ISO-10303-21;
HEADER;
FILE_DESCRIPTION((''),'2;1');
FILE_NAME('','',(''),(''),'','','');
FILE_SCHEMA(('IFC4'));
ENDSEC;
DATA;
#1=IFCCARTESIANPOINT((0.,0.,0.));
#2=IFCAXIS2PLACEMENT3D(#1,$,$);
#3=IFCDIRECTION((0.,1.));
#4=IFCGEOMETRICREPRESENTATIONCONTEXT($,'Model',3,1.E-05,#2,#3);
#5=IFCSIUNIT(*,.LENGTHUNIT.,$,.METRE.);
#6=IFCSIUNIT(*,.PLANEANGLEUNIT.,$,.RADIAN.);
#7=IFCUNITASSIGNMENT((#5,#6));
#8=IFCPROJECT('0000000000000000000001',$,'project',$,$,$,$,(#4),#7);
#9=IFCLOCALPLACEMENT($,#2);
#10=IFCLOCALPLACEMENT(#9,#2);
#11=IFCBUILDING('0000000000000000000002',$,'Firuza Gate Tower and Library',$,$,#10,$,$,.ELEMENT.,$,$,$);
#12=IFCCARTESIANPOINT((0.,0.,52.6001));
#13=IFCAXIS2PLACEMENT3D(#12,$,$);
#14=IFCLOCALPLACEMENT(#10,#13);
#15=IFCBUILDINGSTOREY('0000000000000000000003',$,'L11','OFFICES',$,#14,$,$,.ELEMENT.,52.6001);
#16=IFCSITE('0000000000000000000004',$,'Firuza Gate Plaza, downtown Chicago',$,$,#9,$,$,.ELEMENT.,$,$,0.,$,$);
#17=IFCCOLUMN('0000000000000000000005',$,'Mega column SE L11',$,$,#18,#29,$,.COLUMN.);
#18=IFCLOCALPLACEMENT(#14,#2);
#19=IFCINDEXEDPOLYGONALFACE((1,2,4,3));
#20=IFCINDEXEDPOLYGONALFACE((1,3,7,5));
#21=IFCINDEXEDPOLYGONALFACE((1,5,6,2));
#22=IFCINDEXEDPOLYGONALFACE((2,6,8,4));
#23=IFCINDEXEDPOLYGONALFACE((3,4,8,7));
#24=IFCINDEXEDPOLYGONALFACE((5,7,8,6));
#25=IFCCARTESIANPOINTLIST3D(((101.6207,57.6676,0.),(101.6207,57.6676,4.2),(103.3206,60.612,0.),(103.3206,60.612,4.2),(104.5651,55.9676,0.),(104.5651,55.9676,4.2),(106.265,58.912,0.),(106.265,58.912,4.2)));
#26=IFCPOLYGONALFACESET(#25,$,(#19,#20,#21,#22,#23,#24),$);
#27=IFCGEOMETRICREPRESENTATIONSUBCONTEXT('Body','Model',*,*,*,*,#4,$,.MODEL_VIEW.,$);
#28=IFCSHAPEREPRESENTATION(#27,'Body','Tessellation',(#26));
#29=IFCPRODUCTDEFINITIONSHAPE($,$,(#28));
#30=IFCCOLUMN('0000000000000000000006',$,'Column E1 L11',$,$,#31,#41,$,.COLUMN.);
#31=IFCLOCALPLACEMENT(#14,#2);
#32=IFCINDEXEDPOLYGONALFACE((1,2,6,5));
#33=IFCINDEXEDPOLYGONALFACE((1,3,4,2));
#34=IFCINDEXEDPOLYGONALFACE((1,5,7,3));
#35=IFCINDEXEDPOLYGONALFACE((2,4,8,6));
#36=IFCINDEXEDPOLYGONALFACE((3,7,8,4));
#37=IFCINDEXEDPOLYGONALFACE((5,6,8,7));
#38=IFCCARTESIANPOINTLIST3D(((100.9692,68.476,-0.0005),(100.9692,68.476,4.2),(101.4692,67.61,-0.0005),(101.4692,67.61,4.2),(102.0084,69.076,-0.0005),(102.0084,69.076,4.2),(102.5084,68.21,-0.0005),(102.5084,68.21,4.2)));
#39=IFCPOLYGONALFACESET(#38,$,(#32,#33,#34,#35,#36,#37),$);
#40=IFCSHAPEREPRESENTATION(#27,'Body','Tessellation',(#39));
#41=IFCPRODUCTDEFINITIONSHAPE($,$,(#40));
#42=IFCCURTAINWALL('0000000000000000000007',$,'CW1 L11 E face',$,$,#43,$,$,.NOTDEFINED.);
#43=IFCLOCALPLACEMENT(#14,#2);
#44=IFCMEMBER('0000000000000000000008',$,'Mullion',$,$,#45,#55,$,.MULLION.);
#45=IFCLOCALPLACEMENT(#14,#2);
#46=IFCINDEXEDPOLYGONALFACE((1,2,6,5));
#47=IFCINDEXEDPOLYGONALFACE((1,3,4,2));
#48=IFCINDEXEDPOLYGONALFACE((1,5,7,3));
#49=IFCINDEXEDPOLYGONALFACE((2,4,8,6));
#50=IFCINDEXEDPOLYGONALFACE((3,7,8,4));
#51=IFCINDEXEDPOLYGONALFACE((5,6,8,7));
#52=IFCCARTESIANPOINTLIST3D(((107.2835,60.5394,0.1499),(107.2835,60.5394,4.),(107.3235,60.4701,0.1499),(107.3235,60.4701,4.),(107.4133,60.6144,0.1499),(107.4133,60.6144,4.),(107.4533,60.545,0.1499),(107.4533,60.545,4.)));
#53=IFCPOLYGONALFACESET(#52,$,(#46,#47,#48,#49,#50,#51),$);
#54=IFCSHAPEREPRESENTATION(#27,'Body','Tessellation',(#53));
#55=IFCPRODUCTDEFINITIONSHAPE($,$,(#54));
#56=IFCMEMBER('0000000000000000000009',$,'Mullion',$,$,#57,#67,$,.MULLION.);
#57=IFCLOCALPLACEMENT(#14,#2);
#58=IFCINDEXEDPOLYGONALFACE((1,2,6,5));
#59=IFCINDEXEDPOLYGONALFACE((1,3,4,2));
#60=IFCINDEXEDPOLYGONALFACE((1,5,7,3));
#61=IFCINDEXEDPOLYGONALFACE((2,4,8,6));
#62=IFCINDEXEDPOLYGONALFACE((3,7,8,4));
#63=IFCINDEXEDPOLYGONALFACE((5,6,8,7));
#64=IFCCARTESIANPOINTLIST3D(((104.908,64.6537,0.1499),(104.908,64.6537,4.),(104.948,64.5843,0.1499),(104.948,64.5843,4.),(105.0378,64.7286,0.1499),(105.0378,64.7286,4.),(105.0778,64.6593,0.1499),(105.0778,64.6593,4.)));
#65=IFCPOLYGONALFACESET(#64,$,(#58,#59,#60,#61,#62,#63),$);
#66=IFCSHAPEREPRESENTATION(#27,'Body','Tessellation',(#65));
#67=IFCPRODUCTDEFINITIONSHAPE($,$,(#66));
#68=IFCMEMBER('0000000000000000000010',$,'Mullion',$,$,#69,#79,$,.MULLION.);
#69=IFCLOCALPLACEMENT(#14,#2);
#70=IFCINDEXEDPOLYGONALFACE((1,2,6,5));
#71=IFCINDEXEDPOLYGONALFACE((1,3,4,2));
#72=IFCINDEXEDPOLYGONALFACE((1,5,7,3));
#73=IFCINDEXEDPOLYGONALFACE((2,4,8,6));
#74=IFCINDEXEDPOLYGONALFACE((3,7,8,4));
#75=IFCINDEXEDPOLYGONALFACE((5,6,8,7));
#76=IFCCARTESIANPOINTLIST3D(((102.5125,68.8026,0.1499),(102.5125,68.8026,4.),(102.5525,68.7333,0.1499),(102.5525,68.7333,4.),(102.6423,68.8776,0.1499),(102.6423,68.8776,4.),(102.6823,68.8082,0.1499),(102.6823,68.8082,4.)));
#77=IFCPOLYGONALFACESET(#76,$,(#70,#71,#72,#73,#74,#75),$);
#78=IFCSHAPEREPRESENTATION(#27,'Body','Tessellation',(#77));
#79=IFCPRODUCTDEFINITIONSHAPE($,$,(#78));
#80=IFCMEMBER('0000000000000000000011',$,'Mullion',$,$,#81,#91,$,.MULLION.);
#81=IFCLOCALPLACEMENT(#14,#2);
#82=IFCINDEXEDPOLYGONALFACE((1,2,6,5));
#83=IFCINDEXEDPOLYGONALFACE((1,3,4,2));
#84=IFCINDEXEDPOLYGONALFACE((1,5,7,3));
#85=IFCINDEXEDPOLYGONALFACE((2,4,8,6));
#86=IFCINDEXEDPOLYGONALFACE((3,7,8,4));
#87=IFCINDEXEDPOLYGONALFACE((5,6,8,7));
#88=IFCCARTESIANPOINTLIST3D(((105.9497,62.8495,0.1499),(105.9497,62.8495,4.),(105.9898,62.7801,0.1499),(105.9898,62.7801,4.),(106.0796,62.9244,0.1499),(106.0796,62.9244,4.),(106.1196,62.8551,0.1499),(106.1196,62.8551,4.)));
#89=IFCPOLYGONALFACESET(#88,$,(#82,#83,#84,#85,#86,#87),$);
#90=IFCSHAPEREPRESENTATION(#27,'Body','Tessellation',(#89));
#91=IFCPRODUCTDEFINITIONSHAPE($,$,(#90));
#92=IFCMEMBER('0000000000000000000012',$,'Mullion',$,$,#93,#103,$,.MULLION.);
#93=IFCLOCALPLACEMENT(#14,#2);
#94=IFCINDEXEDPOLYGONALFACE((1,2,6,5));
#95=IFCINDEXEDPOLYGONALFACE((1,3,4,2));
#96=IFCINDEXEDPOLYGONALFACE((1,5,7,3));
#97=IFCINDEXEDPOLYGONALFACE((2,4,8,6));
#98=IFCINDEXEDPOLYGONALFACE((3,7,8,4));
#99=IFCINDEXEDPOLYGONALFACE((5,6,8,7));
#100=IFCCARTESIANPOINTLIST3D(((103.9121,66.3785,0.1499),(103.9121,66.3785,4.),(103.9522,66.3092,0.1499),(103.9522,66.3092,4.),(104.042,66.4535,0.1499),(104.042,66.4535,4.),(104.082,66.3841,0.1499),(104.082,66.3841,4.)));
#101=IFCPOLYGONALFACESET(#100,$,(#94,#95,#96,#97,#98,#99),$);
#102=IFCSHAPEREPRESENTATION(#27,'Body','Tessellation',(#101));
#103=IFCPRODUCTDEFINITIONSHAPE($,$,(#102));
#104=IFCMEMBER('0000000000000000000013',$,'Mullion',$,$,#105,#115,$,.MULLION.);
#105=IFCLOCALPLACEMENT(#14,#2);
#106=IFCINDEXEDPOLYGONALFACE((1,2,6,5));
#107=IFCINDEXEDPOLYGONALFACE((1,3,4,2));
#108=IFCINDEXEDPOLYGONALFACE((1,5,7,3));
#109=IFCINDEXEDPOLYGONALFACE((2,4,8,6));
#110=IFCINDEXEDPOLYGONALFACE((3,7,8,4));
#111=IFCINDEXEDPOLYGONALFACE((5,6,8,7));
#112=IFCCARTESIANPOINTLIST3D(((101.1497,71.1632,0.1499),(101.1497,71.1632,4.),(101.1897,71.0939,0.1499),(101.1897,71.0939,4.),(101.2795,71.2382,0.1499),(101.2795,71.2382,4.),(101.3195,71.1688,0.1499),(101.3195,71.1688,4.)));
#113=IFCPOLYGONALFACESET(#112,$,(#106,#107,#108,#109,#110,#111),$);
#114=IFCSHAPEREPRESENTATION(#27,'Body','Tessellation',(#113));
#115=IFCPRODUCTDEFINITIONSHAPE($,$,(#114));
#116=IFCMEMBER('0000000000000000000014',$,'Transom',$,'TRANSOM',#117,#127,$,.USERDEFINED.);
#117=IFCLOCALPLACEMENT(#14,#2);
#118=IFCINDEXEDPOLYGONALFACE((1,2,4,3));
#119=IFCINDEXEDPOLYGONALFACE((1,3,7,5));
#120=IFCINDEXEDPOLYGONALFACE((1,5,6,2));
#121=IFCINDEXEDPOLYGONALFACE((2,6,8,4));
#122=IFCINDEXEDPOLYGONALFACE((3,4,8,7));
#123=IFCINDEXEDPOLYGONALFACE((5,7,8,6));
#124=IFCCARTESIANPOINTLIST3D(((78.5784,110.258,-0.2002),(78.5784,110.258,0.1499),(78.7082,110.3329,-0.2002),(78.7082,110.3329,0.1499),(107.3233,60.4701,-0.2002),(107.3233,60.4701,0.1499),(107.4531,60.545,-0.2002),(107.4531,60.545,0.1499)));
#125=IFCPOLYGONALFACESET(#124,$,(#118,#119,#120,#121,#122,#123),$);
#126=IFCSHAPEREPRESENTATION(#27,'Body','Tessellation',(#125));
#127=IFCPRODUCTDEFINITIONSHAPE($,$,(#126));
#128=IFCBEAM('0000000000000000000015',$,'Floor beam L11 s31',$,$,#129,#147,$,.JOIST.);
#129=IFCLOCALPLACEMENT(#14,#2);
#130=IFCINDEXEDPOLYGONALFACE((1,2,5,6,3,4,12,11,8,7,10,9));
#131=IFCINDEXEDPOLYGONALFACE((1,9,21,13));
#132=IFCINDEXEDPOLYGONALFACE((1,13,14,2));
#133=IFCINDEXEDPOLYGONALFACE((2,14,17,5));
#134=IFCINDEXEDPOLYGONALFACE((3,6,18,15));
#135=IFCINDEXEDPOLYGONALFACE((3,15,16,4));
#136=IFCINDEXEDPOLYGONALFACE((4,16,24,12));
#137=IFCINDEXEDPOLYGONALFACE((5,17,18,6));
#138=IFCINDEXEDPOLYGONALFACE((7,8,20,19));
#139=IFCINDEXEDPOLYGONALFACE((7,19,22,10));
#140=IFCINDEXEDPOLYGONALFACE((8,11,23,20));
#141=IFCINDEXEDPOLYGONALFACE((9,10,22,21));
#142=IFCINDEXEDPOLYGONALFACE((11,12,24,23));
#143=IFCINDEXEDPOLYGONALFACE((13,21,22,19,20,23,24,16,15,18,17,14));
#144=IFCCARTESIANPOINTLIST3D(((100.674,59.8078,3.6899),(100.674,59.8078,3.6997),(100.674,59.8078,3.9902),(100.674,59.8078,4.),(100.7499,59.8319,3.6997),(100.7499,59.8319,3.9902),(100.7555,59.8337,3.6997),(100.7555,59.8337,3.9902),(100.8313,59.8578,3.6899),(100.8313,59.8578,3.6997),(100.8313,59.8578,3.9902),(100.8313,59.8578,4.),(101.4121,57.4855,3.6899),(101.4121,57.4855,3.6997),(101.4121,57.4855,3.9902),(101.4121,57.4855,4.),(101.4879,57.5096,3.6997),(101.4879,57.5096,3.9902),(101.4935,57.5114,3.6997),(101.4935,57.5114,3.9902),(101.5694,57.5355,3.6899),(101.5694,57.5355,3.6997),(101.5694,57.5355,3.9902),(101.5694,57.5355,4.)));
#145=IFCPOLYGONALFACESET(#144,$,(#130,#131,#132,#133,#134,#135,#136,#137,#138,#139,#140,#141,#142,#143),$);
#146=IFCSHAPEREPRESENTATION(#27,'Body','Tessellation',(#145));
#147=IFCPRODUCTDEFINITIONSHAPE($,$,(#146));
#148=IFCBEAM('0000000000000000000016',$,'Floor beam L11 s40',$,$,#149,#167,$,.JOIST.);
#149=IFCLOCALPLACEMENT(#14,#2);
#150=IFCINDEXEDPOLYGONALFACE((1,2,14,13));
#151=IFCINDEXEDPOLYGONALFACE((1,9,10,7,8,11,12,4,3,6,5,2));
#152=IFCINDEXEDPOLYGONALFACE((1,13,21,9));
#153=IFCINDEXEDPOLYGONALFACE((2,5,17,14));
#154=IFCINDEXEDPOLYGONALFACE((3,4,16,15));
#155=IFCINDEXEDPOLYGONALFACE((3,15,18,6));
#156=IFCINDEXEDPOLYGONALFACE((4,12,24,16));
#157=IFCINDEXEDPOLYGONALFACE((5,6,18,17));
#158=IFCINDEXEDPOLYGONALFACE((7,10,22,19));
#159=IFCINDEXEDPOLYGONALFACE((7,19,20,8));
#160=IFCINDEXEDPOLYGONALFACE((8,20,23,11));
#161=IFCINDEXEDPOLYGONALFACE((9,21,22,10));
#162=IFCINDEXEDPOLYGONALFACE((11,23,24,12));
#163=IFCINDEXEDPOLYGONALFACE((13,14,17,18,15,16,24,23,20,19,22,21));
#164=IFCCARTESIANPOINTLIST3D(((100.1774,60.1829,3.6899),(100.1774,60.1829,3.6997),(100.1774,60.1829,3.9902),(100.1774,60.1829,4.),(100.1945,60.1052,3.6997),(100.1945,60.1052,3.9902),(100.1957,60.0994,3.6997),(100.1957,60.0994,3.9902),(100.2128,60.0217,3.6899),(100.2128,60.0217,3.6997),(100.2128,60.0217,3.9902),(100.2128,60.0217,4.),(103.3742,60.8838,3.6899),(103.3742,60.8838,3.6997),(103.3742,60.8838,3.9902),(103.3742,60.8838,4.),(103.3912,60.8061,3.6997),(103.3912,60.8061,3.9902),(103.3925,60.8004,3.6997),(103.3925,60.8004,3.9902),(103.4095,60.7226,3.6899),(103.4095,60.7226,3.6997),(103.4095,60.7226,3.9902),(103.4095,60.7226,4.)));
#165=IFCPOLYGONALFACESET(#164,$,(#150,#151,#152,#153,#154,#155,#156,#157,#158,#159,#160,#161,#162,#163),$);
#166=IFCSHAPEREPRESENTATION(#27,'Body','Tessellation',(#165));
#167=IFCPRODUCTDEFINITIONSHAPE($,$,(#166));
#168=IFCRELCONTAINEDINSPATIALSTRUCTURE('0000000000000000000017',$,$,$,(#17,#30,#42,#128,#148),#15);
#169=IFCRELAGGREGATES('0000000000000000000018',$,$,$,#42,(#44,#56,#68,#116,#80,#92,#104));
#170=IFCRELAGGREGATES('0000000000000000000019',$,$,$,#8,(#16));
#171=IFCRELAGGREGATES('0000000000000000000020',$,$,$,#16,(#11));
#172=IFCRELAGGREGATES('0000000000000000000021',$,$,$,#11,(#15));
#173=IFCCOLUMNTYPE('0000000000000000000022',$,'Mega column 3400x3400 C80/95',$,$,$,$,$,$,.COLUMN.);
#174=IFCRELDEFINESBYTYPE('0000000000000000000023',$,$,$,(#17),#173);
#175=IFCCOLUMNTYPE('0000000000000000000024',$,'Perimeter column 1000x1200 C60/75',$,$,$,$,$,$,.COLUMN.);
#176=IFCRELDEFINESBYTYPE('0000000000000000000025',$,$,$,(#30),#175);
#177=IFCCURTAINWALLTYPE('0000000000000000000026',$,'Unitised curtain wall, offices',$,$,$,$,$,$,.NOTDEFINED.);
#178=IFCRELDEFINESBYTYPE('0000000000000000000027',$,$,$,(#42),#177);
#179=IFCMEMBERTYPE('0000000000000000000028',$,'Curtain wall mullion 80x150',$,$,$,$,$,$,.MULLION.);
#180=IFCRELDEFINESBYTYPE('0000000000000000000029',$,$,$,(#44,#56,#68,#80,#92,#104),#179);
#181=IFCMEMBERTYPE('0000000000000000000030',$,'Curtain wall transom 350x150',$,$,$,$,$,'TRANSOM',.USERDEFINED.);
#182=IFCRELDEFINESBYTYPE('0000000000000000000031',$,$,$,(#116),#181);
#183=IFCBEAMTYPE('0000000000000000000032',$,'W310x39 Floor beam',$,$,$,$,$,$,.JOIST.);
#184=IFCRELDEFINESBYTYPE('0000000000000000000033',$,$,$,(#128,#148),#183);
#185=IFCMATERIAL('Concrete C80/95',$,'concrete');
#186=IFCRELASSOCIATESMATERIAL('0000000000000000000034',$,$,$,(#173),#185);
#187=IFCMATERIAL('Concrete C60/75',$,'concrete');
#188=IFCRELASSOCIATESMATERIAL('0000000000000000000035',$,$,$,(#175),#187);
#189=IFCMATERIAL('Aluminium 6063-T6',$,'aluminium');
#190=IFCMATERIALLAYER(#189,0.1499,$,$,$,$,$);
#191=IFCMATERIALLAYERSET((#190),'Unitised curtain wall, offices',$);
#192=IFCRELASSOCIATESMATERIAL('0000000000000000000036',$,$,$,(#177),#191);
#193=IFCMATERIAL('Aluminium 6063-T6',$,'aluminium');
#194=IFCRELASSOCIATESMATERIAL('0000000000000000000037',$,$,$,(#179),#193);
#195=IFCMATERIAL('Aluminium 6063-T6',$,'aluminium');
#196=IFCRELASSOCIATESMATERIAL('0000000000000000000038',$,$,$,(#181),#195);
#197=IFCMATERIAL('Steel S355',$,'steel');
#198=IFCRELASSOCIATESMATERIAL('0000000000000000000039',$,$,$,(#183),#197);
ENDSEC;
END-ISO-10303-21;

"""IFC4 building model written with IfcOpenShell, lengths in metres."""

from ifc_helpers import new_model, si_unit, direction, frame, origin, origin_2d, place, context, subcontext, project, spatial, rectangle, i_section, extrude, material, layer, layer_set, material_profile, profile_set, type_object, element, aggregate, save


model = new_model("IFC4")

# Units and contexts
model_context = context("Model", 3, precision=1e-05, world=origin(), true_north=direction((0.0, 1.0)))
body_context = subcontext(model_context, "Body", "Model", "MODEL_VIEW")
ifc_project = project(units=[si_unit("LENGTHUNIT", "METRE"), si_unit("PLANEANGLEUNIT", "RADIAN")], contexts=[model_context])

# Site, building, storey
site_placement = place(None, origin())
site = spatial("IfcSite", under=ifc_project, at=site_placement, Name="Firuza Gate Plaza, downtown Chicago", CompositionType="ELEMENT", RefElevation=0.0)
building_placement = place(site_placement, origin())
building = spatial("IfcBuilding", under=site, at=building_placement, Name="Firuza Gate Tower and Library", CompositionType="ELEMENT")
storey_placement = place(building_placement, frame((0.0, 0.0, 52.6001)))
storey = spatial("IfcBuildingStorey", under=building, at=storey_placement, Name="L11", Description="OFFICES", CompositionType="ELEMENT", Elevation=52.6001)

# Columns
ifc_material_1 = material(Name="Concrete C80/95", Category="concrete")
ifc_material_profile_1 = material_profile(ifc_material_1, rectangle(XDim=3.3999, YDim=3.3999, at=origin_2d()))
ifc_profile_set_1 = profile_set([ifc_material_profile_1], Name="Concrete C80/95")
column_type_1 = type_object("IfcColumnType", Name="Mega column 3400x3400 C80/95", PredefinedType="COLUMN", material=ifc_profile_set_1)
column_1_placement = place(storey_placement, frame((103.9429, 58.2898, 0.0), z_axis=(0.0, 0.0, 1.0), x_axis=(0.5, 0.866025, 0.0)))
element("IfcColumn", 1, at=column_1_placement, inside=storey, type_object=column_type_1, Name="Mega column SE L11", PredefinedType="COLUMN", context=body_context, shape_type="SweptSolid", body=[
    extrude(rectangle(XDim=3.3999, YDim=3.3999, at=origin_2d()), origin(), (0.0, 0.0, 1.0), 4.2),
])
ifc_material_2 = material(Name="Concrete C60/75", Category="concrete")
ifc_material_profile_2 = material_profile(ifc_material_2, rectangle(XDim=1.0, YDim=1.2, at=origin_2d()))
ifc_profile_set_2 = profile_set([ifc_material_profile_2], Name="Concrete C60/75")
column_type_2 = type_object("IfcColumnType", Name="Perimeter column 1000x1200 C60/75", PredefinedType="COLUMN", material=ifc_profile_set_2)
column_2_placement = place(storey_placement, frame((101.7388, 68.343, -0.0005), z_axis=(0.0, 0.0, 1.0), x_axis=(-0.5, 0.866025, 0.0)))
element("IfcColumn", 2, at=column_2_placement, inside=storey, type_object=column_type_2, Name="Column E1 L11", PredefinedType="COLUMN", context=body_context, shape_type="SweptSolid", body=[
    extrude(rectangle(XDim=1.0, YDim=1.2, at=origin_2d()), origin(), (0.0, 0.0, 1.0), 4.2004),
])

# Curtain wall, members
ifc_material_3 = material(Name="Aluminium 6063-T6", Category="aluminium")
ifc_layer_1 = layer(ifc_material_3, 0.1499)
ifc_layer_set_1 = layer_set([ifc_layer_1], Name="Unitised curtain wall, offices")
curtain_wall_type = type_object("IfcCurtainWallType", Name="Unitised curtain wall, offices", PredefinedType="NOTDEFINED", material=ifc_layer_set_1)
curtain_wall_placement = place(storey_placement, origin())
curtain_wall = element("IfcCurtainWall", 3, at=curtain_wall_placement, inside=storey, type_object=curtain_wall_type, Name="CW1 L11 E face", PredefinedType="NOTDEFINED")
ifc_material_4 = material(Name="Aluminium 6063-T6", Category="aluminium")
ifc_material_profile_3 = material_profile(ifc_material_4, rectangle(XDim=0.1499, YDim=0.0801, at=origin_2d()))
ifc_profile_set_3 = profile_set([ifc_material_profile_3], Name="Aluminium 6063-T6")
member_type_1 = type_object("IfcMemberType", Name="Curtain wall mullion 80x150", PredefinedType="MULLION", material=ifc_profile_set_3)
member_1_placement = place(storey_placement, frame((107.3684, 60.5422, 0.1499), z_axis=(0.0, 0.0, 1.0), x_axis=(-0.866025, -0.5, 0.0)))
member_1 = element("IfcMember", 4, at=member_1_placement, type_object=member_type_1, Name="Mullion", PredefinedType="MULLION", context=body_context, shape_type="SweptSolid", body=[
    extrude(rectangle(XDim=0.1499, YDim=0.0801, at=origin_2d()), origin(), (0.0, 0.0, 1.0), 3.8501),
])
member_2_placement = place(storey_placement, frame((104.9929, 64.6565, 0.1499), z_axis=(0.0, 0.0, 1.0), x_axis=(-0.866025, -0.5, 0.0)))
member_2 = element("IfcMember", 5, at=member_2_placement, type_object=member_type_1, Name="Mullion", PredefinedType="MULLION", context=body_context, shape_type="SweptSolid", body=[
    extrude(rectangle(XDim=0.1499, YDim=0.0801, at=origin_2d()), origin(), (0.0, 0.0, 1.0), 3.8501),
])
member_3_placement = place(storey_placement, frame((102.5974, 68.8054, 0.1499), z_axis=(0.0, 0.0, 1.0), x_axis=(-0.866025, -0.5, 0.0)))
member_3 = element("IfcMember", 6, at=member_3_placement, type_object=member_type_1, Name="Mullion", PredefinedType="MULLION", context=body_context, shape_type="SweptSolid", body=[
    extrude(rectangle(XDim=0.1499, YDim=0.0801, at=origin_2d()), origin(), (0.0, 0.0, 1.0), 3.8501),
])
member_4_placement = place(storey_placement, frame((106.0347, 62.8523, 0.1499), z_axis=(0.0, 0.0, 1.0), x_axis=(-0.866025, -0.5, 0.0)))
member_4 = element("IfcMember", 7, at=member_4_placement, type_object=member_type_1, Name="Mullion", PredefinedType="MULLION", context=body_context, shape_type="SweptSolid", body=[
    extrude(rectangle(XDim=0.1499, YDim=0.0801, at=origin_2d()), origin(), (0.0, 0.0, 1.0), 3.8501),
])
member_5_placement = place(storey_placement, frame((103.9971, 66.3813, 0.1499), z_axis=(0.0, 0.0, 1.0), x_axis=(-0.866025, -0.5, 0.0)))
member_5 = element("IfcMember", 8, at=member_5_placement, type_object=member_type_1, Name="Mullion", PredefinedType="MULLION", context=body_context, shape_type="SweptSolid", body=[
    extrude(rectangle(XDim=0.1499, YDim=0.0801, at=origin_2d()), origin(), (0.0, 0.0, 1.0), 3.8501),
])
member_6_placement = place(storey_placement, frame((101.2346, 71.166, 0.1499), z_axis=(0.0, 0.0, 1.0), x_axis=(-0.866025, -0.5, 0.0)))
member_6 = element("IfcMember", 9, at=member_6_placement, type_object=member_type_1, Name="Mullion", PredefinedType="MULLION", context=body_context, shape_type="SweptSolid", body=[
    extrude(rectangle(XDim=0.1499, YDim=0.0801, at=origin_2d()), origin(), (0.0, 0.0, 1.0), 3.8501),
])
ifc_material_5 = material(Name="Aluminium 6063-T6", Category="aluminium")
ifc_material_profile_4 = material_profile(ifc_material_5, rectangle(XDim=0.1499, YDim=0.3501, at=origin_2d()))
ifc_profile_set_4 = profile_set([ifc_material_profile_4], Name="Aluminium 6063-T6")
member_type_2 = type_object("IfcMemberType", Name="Curtain wall transom 350x150", ElementType="TRANSOM", PredefinedType="USERDEFINED", material=ifc_profile_set_4)
member_7_placement = place(storey_placement, frame((107.3882, 60.5076, -0.0251), z_axis=(-0.499998, 0.866027, 0.0), x_axis=(-0.866027, -0.499998, 0.0)))
member_7 = element("IfcMember", 10, at=member_7_placement, type_object=member_type_2, Name="Transom", ObjectType="TRANSOM", PredefinedType="USERDEFINED", context=body_context, shape_type="SweptSolid", body=[
    extrude(rectangle(XDim=0.1499, YDim=0.3501, at=origin_2d()), origin(), (0.0, 0.0, 1.0), 57.49),
])

# Beams
ifc_material_6 = material(Name="Steel S355", Category="steel")
ifc_material_profile_5 = material_profile(ifc_material_6, i_section(OverallWidth=0.165, OverallDepth=0.3101, WebThickness=0.0059, FlangeThickness=0.0098, at=origin_2d()))
ifc_profile_set_5 = profile_set([ifc_material_profile_5], Name="Steel S355")
beam_type_1 = type_object("IfcBeamType", Name="W310x39 Floor beam", PredefinedType="JOIST", material=ifc_profile_set_5)
beam_1_placement = place(storey_placement, frame((101.4907, 57.5105, 3.845), z_axis=(-0.302881, 0.953028, 0.0), x_axis=(-0.953028, -0.302881, 0.0)))
element("IfcBeam", 11, at=beam_1_placement, inside=storey, type_object=beam_type_1, Name="Floor beam L11 s31", PredefinedType="JOIST", context=body_context, shape_type="SweptSolid", body=[
    extrude(i_section(OverallWidth=0.165, OverallDepth=0.3101, WebThickness=0.0059, FlangeThickness=0.0098, at=origin_2d()), origin(), (0.0, 0.0, 1.0), 2.4368),
])
beam_2_placement = place(storey_placement, frame((103.3918, 60.8032, 3.845), z_axis=(-0.976796, -0.214173, 0.0), x_axis=(0.214173, -0.976796, 0.0)))
element("IfcBeam", 12, at=beam_2_placement, inside=storey, type_object=beam_type_1, Name="Floor beam L11 s40", PredefinedType="JOIST", context=body_context, shape_type="SweptSolid", body=[
    extrude(i_section(OverallWidth=0.165, OverallDepth=0.3101, WebThickness=0.0059, FlangeThickness=0.0098, at=origin_2d()), origin(), (0.0, 0.0, 1.0), 3.2727),
])

aggregate(curtain_wall, [member_1, member_2, member_3, member_7, member_4, member_5, member_6])

save(model, "model.ifc")
